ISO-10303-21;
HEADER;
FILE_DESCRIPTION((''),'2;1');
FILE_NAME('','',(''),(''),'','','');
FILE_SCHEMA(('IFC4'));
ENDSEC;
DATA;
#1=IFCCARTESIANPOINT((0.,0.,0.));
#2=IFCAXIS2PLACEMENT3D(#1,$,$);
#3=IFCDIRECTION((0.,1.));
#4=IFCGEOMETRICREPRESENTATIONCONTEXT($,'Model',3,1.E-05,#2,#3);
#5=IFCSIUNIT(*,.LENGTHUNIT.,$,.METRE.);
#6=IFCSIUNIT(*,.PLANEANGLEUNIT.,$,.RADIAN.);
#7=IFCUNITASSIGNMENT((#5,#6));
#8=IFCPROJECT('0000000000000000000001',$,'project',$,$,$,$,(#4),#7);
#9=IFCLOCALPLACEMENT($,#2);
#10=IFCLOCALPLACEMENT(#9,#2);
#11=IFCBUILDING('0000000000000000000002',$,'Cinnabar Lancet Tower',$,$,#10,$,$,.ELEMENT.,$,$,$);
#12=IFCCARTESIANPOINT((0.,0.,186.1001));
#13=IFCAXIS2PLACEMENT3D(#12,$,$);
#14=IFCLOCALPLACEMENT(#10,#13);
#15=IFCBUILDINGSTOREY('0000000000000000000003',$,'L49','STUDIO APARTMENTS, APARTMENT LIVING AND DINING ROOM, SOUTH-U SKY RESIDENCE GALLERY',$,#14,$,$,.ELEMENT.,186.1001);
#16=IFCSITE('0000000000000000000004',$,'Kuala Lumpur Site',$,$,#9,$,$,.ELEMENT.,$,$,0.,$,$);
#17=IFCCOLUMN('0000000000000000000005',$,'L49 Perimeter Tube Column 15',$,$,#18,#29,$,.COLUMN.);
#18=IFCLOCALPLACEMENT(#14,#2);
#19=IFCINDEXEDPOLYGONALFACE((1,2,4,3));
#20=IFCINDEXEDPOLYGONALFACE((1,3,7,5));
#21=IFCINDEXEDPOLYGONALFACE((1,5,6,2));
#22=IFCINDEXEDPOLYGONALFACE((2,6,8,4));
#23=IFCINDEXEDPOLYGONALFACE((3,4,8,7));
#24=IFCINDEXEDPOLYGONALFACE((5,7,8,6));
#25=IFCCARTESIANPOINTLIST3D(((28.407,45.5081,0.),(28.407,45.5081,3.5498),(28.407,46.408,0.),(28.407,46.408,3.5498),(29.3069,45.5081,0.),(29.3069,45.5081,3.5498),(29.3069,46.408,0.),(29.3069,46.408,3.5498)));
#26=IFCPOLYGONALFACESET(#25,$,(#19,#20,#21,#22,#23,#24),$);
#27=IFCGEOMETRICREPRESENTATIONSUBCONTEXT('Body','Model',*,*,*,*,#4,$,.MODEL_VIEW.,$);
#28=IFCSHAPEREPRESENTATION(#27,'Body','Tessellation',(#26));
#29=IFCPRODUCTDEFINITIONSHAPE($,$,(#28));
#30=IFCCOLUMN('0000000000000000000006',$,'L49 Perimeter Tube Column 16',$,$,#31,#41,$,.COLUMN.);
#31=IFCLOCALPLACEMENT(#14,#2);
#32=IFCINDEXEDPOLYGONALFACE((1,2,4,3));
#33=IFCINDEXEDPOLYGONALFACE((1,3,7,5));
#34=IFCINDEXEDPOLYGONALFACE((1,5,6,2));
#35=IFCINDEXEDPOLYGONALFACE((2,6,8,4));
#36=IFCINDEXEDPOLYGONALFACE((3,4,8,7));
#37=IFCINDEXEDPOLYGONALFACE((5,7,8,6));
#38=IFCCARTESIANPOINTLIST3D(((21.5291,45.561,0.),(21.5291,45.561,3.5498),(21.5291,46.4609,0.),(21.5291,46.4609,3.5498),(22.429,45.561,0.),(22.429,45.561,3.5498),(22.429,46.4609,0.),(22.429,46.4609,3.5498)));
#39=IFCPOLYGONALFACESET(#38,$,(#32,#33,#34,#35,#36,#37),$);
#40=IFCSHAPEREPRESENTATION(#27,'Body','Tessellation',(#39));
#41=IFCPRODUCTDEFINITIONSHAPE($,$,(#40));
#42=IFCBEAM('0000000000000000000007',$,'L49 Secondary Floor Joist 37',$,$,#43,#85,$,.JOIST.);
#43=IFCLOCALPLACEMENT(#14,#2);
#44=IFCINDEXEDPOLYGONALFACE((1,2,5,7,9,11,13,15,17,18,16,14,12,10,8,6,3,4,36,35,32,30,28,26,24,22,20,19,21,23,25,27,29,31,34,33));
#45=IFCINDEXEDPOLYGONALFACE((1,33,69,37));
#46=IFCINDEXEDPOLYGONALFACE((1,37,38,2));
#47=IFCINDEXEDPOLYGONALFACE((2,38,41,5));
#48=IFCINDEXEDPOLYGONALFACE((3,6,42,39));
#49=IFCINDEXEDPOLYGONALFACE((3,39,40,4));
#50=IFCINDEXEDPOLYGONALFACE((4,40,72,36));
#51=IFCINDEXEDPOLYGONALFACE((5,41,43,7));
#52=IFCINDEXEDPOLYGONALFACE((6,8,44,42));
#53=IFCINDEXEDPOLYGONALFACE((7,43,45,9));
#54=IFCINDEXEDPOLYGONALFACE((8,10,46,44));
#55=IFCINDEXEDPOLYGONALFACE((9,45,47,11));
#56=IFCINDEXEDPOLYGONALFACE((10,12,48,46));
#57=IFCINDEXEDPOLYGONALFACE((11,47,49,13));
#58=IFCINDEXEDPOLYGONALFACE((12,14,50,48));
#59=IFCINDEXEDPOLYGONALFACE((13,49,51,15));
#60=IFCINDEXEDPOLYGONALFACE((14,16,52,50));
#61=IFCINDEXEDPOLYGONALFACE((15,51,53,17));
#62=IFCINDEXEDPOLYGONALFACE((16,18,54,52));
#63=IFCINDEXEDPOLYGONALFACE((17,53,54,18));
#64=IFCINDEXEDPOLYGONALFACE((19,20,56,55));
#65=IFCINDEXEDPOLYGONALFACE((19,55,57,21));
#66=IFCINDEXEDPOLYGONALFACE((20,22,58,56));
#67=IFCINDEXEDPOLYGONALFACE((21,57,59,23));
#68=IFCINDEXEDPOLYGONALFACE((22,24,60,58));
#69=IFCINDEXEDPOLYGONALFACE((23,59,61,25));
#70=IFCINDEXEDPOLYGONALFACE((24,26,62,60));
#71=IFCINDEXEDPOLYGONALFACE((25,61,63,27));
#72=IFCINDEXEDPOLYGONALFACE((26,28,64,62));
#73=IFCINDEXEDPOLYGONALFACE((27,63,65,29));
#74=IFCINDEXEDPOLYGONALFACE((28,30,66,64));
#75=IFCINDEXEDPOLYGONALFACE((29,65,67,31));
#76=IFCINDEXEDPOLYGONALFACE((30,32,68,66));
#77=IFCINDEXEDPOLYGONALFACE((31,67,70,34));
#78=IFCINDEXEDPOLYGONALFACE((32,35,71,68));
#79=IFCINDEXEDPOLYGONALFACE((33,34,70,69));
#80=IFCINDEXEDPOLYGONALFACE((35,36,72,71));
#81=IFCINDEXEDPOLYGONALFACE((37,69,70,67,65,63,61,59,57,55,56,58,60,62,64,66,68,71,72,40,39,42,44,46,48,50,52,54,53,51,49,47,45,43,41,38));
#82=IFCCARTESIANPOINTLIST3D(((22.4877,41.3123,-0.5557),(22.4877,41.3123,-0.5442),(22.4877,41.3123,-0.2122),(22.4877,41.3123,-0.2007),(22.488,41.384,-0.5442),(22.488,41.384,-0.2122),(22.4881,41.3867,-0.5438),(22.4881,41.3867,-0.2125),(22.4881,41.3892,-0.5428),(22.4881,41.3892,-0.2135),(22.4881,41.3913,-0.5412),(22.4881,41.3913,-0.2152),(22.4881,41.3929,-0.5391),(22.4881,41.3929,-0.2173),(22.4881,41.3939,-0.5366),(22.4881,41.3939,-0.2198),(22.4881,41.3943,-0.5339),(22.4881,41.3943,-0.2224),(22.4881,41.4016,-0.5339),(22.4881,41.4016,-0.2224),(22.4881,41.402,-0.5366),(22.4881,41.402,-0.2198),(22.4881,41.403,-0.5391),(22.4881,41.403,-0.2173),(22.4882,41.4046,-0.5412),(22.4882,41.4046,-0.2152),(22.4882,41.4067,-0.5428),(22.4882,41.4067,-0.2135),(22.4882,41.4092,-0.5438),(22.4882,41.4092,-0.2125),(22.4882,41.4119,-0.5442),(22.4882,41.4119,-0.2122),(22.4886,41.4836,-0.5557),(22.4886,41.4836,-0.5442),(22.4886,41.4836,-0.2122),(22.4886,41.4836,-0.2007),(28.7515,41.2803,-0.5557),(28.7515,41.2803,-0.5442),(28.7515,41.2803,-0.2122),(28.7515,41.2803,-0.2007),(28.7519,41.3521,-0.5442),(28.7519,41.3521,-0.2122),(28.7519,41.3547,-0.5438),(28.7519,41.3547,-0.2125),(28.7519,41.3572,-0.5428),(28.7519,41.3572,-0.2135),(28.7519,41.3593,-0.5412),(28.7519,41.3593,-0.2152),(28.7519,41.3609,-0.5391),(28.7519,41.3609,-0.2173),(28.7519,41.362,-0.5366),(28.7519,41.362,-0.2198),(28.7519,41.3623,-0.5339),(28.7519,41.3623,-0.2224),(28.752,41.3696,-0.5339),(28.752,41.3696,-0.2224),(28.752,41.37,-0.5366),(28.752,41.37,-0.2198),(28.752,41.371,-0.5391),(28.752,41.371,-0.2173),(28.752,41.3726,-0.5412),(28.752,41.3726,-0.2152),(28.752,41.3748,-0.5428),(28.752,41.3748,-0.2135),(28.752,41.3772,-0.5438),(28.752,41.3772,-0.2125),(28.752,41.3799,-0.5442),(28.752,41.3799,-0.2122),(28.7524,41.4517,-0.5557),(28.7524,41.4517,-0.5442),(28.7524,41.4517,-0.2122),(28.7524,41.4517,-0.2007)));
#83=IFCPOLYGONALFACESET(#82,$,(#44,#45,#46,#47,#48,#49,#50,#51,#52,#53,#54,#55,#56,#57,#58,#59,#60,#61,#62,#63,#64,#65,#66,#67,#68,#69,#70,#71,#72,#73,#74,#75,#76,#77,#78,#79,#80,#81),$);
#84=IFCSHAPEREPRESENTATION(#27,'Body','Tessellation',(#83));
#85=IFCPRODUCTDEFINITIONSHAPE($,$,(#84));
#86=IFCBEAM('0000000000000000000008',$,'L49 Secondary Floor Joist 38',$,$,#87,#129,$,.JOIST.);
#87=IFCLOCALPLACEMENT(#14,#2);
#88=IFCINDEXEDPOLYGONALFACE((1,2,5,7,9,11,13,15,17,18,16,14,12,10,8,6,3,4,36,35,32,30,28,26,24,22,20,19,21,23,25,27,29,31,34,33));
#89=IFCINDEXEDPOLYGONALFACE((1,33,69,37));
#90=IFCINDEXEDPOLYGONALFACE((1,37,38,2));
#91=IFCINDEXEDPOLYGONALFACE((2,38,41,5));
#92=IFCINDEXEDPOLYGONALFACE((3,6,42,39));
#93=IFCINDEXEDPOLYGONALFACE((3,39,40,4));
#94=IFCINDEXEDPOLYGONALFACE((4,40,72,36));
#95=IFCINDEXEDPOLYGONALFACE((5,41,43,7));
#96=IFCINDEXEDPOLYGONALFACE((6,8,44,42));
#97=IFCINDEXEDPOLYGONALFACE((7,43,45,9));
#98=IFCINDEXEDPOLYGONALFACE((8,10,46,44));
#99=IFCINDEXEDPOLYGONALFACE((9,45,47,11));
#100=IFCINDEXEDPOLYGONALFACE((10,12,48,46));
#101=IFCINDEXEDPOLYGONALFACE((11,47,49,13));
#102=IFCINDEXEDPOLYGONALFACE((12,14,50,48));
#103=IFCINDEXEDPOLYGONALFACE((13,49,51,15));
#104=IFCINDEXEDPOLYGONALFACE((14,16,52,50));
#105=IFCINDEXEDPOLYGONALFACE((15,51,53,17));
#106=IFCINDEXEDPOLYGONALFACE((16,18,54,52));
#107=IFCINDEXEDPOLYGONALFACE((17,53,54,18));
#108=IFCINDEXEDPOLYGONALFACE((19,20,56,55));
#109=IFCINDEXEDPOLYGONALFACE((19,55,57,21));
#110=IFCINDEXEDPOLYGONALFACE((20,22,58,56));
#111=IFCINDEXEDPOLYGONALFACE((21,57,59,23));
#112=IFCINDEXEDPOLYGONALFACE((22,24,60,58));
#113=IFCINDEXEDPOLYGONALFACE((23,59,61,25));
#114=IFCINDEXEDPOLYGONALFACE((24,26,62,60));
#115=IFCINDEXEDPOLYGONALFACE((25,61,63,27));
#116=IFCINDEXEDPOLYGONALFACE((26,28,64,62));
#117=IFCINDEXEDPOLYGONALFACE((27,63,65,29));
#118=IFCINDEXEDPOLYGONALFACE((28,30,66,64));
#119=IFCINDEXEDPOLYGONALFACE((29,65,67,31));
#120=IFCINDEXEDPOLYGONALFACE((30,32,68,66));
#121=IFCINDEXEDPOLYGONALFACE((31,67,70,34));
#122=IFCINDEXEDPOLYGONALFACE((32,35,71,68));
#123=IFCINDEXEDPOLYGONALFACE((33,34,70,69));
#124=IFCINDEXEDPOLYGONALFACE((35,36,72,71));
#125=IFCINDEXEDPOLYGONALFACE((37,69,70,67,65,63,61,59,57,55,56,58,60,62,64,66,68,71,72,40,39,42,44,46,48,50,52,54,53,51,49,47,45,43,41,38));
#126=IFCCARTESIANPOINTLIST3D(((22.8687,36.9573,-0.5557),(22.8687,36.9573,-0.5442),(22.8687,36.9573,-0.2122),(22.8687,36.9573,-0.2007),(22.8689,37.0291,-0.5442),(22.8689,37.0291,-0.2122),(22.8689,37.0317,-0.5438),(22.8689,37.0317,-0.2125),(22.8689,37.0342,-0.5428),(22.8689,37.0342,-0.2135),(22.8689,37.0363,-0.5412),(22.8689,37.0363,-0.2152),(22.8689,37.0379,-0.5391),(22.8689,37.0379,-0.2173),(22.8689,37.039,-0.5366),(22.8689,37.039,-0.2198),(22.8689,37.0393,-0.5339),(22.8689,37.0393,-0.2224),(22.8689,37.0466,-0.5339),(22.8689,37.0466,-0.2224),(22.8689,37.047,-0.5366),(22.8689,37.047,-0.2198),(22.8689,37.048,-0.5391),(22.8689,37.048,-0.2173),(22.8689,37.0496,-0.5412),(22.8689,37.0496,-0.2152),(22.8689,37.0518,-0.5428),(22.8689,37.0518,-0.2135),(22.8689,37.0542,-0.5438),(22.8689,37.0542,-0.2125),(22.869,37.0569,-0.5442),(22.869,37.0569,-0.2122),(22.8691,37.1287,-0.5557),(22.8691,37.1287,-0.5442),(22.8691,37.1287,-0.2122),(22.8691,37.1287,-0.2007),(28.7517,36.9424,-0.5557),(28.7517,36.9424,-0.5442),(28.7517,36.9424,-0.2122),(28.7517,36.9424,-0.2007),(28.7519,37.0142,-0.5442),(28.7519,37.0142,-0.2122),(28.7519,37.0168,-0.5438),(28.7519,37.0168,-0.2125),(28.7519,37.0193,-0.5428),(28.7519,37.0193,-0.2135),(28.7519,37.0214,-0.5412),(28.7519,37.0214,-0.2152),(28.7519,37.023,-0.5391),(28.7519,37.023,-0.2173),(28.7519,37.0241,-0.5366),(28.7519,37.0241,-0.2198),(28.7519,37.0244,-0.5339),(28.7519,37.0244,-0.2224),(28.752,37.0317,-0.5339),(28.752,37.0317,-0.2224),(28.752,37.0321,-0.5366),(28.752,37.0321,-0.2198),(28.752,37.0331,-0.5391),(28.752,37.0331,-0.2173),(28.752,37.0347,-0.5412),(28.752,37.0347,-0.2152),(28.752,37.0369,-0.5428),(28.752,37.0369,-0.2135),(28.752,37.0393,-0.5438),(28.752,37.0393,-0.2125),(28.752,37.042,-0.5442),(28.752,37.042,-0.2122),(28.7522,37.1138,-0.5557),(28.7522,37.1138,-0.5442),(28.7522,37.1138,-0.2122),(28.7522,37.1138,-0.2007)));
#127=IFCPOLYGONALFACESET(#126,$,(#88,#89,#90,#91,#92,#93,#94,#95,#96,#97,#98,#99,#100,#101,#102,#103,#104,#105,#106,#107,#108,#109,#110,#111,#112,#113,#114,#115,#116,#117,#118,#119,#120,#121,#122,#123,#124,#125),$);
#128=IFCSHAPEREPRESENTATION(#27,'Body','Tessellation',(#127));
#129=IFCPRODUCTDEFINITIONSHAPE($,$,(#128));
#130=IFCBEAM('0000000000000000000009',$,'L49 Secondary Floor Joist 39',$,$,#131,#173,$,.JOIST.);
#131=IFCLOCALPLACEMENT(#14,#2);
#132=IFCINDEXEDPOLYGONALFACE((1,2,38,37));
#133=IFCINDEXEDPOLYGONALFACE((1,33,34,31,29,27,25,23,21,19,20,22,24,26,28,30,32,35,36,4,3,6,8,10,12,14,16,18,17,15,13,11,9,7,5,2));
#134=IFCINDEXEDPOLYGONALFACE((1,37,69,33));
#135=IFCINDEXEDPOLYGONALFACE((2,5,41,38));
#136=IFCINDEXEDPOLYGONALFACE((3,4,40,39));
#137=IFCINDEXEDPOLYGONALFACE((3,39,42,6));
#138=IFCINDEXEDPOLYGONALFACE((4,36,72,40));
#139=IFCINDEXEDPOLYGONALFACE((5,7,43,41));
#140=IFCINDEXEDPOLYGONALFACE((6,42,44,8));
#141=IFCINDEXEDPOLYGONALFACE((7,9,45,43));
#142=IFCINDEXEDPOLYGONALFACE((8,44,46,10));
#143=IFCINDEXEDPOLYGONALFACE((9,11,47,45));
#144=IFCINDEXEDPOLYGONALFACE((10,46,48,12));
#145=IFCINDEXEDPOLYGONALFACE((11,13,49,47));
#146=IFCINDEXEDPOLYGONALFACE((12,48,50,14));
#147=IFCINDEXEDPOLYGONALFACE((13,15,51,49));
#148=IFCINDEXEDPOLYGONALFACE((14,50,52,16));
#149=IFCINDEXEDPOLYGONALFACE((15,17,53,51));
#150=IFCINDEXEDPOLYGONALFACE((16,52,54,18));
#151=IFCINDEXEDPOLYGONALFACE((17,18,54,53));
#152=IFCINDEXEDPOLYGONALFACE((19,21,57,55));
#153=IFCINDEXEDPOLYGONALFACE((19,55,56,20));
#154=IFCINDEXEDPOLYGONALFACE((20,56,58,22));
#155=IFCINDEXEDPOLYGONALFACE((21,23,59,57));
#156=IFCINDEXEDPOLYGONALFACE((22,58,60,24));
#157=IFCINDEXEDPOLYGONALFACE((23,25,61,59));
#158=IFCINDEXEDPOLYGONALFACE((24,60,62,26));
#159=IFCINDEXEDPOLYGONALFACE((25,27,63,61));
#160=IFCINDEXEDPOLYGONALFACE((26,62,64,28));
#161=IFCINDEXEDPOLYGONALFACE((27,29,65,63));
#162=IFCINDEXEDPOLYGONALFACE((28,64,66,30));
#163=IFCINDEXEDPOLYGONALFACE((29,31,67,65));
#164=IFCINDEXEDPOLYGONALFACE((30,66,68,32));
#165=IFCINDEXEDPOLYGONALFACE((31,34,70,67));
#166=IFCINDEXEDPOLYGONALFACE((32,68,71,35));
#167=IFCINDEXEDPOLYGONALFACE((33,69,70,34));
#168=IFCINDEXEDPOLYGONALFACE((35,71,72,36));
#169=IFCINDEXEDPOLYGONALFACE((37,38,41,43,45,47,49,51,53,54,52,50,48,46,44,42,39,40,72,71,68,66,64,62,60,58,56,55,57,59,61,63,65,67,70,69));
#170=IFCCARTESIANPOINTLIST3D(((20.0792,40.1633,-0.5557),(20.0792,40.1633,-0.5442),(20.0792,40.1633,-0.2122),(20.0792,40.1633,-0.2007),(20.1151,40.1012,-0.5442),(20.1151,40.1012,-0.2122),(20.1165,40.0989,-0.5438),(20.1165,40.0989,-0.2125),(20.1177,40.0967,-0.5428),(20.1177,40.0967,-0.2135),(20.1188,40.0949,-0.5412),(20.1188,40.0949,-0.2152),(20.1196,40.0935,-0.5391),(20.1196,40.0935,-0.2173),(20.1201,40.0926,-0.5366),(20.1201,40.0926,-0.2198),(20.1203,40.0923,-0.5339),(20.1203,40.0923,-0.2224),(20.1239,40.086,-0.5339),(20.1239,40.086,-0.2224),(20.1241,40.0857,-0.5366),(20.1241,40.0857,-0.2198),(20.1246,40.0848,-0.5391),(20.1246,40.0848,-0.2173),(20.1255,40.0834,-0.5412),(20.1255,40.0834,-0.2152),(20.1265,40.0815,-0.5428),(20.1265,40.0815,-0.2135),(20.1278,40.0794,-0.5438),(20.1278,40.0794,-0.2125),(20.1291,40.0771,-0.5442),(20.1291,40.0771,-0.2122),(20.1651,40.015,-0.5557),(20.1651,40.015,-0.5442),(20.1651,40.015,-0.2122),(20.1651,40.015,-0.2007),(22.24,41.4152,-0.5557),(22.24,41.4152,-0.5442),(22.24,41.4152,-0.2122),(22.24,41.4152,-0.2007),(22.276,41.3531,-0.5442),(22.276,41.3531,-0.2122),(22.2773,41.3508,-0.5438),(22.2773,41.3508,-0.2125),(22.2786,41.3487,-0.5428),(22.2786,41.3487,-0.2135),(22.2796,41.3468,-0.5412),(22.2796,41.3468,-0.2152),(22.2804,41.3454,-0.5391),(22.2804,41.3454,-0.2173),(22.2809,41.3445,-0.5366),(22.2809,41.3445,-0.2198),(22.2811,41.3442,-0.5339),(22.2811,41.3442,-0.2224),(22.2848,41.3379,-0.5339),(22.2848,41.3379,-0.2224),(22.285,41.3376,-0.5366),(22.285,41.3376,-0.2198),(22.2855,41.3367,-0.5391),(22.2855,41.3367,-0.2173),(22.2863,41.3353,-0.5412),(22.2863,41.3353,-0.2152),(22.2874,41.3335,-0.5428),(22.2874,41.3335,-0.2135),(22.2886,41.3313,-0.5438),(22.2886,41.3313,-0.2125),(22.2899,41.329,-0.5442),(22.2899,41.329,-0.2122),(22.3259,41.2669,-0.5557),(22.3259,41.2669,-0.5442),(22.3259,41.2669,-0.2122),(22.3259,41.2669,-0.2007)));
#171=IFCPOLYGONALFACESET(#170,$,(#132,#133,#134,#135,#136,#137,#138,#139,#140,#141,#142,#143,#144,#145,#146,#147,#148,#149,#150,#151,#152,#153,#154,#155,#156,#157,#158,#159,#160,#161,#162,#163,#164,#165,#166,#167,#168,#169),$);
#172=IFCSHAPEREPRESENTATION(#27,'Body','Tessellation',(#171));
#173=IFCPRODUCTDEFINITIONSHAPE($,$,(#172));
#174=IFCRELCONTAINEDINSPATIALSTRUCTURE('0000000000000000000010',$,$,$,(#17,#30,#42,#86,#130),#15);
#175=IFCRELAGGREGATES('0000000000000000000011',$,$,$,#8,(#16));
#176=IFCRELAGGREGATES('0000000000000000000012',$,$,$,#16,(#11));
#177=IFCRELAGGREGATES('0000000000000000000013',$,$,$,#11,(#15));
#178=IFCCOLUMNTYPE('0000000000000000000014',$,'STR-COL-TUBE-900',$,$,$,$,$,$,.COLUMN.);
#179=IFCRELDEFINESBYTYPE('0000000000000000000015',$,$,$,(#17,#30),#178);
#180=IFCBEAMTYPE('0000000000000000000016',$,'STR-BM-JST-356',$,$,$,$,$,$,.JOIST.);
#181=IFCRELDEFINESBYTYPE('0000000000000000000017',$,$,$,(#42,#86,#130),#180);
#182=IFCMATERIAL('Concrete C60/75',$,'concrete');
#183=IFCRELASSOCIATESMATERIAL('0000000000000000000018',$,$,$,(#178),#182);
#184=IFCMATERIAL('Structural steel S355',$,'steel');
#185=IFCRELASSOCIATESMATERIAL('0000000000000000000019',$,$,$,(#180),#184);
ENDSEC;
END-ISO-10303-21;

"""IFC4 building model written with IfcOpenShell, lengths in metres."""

from ifc_helpers import new_model, si_unit, direction, frame, origin, origin_2d, place, context, subcontext, project, spatial, rectangle, i_section, extrude, material, material_profile, profile_set, type_object, element, save


model = new_model("IFC4")

# Units and contexts
model_context = context("Model", 3, precision=1e-05, world=origin(), true_north=direction((0.0, 1.0)))
body_context = subcontext(model_context, "Body", "Model", "MODEL_VIEW")
ifc_project = project(units=[si_unit("LENGTHUNIT", "METRE"), si_unit("PLANEANGLEUNIT", "RADIAN")], contexts=[model_context])

# Site, building, storey
site_placement = place(None, origin())
site = spatial("IfcSite", under=ifc_project, at=site_placement, Name="Kuala Lumpur Site", CompositionType="ELEMENT", RefElevation=0.0)
building_placement = place(site_placement, origin())
building = spatial("IfcBuilding", under=site, at=building_placement, Name="Cinnabar Lancet Tower", CompositionType="ELEMENT")
storey_placement = place(building_placement, frame((0.0, 0.0, 186.1001)))
storey = spatial("IfcBuildingStorey", under=building, at=storey_placement, Name="L49", Description="STUDIO APARTMENTS, APARTMENT LIVING AND DINING ROOM, SOUTH-U SKY RESIDENCE GALLERY", CompositionType="ELEMENT", Elevation=186.1001)

# Columns
ifc_material_1 = material(Name="Concrete C60/75", Category="concrete")
ifc_material_profile_1 = material_profile(ifc_material_1, rectangle(XDim=0.8999, YDim=0.8999, at=origin_2d()), Name="RC-COL 900x900")
ifc_profile_set_1 = profile_set([ifc_material_profile_1], Name="Concrete C60/75")
column_type = type_object("IfcColumnType", Name="STR-COL-TUBE-900", PredefinedType="COLUMN", material=ifc_profile_set_1)
for number, where, z_axis, x_axis, name in (
    (1, (28.8569, 45.958, 0.0), (0.0, 0.0, 1.0), (1.0, 0.0, 0.0), "L49 Perimeter Tube Column 15"),
    (2, (21.979, 46.011, 0.0), (0.0, 0.0, 1.0), (1.0, 0.0, 0.0), "L49 Perimeter Tube Column 16"),
):
    element("IfcColumn", number, at=place(storey_placement, frame(where, z_axis=z_axis, x_axis=x_axis)), inside=storey, type_object=column_type, Name=name, PredefinedType="COLUMN", context=body_context, shape_type="SweptSolid", body=[
        extrude(rectangle(XDim=0.8999, YDim=0.8999, at=origin_2d()), origin(), (0.0, 0.0, 1.0), 3.5498),
    ])

# Beams
ifc_material_2 = material(Name="Structural steel S355", Category="steel")
ifc_material_profile_2 = material_profile(ifc_material_2, i_section(OverallWidth=0.1714, OverallDepth=0.355, WebThickness=0.0073, FlangeThickness=0.0115, FilletRadius=0.0103, at=origin_2d()), Name="UKB 356x171x51")
ifc_profile_set_2 = profile_set([ifc_material_profile_2], Name="Structural steel S355")
beam_type_1 = type_object("IfcBeamType", Name="STR-BM-JST-356", PredefinedType="JOIST", material=ifc_profile_set_2)
beam_1_placement = place(storey_placement, frame((28.752, 41.366, -0.3782), z_axis=(-0.999987, 0.005106, 0.0), x_axis=(-0.005106, -0.999987, 0.0)))
element("IfcBeam", 3, at=beam_1_placement, inside=storey, type_object=beam_type_1, Name="L49 Secondary Floor Joist 37", PredefinedType="JOIST", context=body_context, shape_type="SweptSolid", body=[
    extrude(i_section(OverallWidth=0.1714, OverallDepth=0.355, WebThickness=0.0073, FlangeThickness=0.0115, FilletRadius=0.0103, at=origin_2d()), origin(), (0.0, 0.0, 1.0), 6.2639),
])
beam_2_placement = place(storey_placement, frame((28.752, 37.0281, -0.3782), z_axis=(-0.999997, 0.002531, 0.0), x_axis=(-0.002531, -0.999997, 0.0)))
element("IfcBeam", 4, at=beam_2_placement, inside=storey, type_object=beam_type_1, Name="L49 Secondary Floor Joist 38", PredefinedType="JOIST", context=body_context, shape_type="SweptSolid", body=[
    extrude(i_section(OverallWidth=0.1714, OverallDepth=0.355, WebThickness=0.0073, FlangeThickness=0.0115, FilletRadius=0.0103, at=origin_2d()), origin(), (0.0, 0.0, 1.0), 5.8831),
])
beam_3_placement = place(storey_placement, frame((22.283, 41.3411, -0.3782), z_axis=(-0.865268, -0.50131, 0.0), x_axis=(0.50131, -0.865268, 0.0)))
element("IfcBeam", 5, at=beam_3_placement, inside=storey, type_object=beam_type_1, Name="L49 Secondary Floor Joist 39", PredefinedType="JOIST", context=body_context, shape_type="SweptSolid", body=[
    extrude(i_section(OverallWidth=0.1714, OverallDepth=0.355, WebThickness=0.0073, FlangeThickness=0.0115, FilletRadius=0.0103, at=origin_2d()), origin(), (0.0, 0.0, 1.0), 2.4973),
])

save(model, "model.ifc")
